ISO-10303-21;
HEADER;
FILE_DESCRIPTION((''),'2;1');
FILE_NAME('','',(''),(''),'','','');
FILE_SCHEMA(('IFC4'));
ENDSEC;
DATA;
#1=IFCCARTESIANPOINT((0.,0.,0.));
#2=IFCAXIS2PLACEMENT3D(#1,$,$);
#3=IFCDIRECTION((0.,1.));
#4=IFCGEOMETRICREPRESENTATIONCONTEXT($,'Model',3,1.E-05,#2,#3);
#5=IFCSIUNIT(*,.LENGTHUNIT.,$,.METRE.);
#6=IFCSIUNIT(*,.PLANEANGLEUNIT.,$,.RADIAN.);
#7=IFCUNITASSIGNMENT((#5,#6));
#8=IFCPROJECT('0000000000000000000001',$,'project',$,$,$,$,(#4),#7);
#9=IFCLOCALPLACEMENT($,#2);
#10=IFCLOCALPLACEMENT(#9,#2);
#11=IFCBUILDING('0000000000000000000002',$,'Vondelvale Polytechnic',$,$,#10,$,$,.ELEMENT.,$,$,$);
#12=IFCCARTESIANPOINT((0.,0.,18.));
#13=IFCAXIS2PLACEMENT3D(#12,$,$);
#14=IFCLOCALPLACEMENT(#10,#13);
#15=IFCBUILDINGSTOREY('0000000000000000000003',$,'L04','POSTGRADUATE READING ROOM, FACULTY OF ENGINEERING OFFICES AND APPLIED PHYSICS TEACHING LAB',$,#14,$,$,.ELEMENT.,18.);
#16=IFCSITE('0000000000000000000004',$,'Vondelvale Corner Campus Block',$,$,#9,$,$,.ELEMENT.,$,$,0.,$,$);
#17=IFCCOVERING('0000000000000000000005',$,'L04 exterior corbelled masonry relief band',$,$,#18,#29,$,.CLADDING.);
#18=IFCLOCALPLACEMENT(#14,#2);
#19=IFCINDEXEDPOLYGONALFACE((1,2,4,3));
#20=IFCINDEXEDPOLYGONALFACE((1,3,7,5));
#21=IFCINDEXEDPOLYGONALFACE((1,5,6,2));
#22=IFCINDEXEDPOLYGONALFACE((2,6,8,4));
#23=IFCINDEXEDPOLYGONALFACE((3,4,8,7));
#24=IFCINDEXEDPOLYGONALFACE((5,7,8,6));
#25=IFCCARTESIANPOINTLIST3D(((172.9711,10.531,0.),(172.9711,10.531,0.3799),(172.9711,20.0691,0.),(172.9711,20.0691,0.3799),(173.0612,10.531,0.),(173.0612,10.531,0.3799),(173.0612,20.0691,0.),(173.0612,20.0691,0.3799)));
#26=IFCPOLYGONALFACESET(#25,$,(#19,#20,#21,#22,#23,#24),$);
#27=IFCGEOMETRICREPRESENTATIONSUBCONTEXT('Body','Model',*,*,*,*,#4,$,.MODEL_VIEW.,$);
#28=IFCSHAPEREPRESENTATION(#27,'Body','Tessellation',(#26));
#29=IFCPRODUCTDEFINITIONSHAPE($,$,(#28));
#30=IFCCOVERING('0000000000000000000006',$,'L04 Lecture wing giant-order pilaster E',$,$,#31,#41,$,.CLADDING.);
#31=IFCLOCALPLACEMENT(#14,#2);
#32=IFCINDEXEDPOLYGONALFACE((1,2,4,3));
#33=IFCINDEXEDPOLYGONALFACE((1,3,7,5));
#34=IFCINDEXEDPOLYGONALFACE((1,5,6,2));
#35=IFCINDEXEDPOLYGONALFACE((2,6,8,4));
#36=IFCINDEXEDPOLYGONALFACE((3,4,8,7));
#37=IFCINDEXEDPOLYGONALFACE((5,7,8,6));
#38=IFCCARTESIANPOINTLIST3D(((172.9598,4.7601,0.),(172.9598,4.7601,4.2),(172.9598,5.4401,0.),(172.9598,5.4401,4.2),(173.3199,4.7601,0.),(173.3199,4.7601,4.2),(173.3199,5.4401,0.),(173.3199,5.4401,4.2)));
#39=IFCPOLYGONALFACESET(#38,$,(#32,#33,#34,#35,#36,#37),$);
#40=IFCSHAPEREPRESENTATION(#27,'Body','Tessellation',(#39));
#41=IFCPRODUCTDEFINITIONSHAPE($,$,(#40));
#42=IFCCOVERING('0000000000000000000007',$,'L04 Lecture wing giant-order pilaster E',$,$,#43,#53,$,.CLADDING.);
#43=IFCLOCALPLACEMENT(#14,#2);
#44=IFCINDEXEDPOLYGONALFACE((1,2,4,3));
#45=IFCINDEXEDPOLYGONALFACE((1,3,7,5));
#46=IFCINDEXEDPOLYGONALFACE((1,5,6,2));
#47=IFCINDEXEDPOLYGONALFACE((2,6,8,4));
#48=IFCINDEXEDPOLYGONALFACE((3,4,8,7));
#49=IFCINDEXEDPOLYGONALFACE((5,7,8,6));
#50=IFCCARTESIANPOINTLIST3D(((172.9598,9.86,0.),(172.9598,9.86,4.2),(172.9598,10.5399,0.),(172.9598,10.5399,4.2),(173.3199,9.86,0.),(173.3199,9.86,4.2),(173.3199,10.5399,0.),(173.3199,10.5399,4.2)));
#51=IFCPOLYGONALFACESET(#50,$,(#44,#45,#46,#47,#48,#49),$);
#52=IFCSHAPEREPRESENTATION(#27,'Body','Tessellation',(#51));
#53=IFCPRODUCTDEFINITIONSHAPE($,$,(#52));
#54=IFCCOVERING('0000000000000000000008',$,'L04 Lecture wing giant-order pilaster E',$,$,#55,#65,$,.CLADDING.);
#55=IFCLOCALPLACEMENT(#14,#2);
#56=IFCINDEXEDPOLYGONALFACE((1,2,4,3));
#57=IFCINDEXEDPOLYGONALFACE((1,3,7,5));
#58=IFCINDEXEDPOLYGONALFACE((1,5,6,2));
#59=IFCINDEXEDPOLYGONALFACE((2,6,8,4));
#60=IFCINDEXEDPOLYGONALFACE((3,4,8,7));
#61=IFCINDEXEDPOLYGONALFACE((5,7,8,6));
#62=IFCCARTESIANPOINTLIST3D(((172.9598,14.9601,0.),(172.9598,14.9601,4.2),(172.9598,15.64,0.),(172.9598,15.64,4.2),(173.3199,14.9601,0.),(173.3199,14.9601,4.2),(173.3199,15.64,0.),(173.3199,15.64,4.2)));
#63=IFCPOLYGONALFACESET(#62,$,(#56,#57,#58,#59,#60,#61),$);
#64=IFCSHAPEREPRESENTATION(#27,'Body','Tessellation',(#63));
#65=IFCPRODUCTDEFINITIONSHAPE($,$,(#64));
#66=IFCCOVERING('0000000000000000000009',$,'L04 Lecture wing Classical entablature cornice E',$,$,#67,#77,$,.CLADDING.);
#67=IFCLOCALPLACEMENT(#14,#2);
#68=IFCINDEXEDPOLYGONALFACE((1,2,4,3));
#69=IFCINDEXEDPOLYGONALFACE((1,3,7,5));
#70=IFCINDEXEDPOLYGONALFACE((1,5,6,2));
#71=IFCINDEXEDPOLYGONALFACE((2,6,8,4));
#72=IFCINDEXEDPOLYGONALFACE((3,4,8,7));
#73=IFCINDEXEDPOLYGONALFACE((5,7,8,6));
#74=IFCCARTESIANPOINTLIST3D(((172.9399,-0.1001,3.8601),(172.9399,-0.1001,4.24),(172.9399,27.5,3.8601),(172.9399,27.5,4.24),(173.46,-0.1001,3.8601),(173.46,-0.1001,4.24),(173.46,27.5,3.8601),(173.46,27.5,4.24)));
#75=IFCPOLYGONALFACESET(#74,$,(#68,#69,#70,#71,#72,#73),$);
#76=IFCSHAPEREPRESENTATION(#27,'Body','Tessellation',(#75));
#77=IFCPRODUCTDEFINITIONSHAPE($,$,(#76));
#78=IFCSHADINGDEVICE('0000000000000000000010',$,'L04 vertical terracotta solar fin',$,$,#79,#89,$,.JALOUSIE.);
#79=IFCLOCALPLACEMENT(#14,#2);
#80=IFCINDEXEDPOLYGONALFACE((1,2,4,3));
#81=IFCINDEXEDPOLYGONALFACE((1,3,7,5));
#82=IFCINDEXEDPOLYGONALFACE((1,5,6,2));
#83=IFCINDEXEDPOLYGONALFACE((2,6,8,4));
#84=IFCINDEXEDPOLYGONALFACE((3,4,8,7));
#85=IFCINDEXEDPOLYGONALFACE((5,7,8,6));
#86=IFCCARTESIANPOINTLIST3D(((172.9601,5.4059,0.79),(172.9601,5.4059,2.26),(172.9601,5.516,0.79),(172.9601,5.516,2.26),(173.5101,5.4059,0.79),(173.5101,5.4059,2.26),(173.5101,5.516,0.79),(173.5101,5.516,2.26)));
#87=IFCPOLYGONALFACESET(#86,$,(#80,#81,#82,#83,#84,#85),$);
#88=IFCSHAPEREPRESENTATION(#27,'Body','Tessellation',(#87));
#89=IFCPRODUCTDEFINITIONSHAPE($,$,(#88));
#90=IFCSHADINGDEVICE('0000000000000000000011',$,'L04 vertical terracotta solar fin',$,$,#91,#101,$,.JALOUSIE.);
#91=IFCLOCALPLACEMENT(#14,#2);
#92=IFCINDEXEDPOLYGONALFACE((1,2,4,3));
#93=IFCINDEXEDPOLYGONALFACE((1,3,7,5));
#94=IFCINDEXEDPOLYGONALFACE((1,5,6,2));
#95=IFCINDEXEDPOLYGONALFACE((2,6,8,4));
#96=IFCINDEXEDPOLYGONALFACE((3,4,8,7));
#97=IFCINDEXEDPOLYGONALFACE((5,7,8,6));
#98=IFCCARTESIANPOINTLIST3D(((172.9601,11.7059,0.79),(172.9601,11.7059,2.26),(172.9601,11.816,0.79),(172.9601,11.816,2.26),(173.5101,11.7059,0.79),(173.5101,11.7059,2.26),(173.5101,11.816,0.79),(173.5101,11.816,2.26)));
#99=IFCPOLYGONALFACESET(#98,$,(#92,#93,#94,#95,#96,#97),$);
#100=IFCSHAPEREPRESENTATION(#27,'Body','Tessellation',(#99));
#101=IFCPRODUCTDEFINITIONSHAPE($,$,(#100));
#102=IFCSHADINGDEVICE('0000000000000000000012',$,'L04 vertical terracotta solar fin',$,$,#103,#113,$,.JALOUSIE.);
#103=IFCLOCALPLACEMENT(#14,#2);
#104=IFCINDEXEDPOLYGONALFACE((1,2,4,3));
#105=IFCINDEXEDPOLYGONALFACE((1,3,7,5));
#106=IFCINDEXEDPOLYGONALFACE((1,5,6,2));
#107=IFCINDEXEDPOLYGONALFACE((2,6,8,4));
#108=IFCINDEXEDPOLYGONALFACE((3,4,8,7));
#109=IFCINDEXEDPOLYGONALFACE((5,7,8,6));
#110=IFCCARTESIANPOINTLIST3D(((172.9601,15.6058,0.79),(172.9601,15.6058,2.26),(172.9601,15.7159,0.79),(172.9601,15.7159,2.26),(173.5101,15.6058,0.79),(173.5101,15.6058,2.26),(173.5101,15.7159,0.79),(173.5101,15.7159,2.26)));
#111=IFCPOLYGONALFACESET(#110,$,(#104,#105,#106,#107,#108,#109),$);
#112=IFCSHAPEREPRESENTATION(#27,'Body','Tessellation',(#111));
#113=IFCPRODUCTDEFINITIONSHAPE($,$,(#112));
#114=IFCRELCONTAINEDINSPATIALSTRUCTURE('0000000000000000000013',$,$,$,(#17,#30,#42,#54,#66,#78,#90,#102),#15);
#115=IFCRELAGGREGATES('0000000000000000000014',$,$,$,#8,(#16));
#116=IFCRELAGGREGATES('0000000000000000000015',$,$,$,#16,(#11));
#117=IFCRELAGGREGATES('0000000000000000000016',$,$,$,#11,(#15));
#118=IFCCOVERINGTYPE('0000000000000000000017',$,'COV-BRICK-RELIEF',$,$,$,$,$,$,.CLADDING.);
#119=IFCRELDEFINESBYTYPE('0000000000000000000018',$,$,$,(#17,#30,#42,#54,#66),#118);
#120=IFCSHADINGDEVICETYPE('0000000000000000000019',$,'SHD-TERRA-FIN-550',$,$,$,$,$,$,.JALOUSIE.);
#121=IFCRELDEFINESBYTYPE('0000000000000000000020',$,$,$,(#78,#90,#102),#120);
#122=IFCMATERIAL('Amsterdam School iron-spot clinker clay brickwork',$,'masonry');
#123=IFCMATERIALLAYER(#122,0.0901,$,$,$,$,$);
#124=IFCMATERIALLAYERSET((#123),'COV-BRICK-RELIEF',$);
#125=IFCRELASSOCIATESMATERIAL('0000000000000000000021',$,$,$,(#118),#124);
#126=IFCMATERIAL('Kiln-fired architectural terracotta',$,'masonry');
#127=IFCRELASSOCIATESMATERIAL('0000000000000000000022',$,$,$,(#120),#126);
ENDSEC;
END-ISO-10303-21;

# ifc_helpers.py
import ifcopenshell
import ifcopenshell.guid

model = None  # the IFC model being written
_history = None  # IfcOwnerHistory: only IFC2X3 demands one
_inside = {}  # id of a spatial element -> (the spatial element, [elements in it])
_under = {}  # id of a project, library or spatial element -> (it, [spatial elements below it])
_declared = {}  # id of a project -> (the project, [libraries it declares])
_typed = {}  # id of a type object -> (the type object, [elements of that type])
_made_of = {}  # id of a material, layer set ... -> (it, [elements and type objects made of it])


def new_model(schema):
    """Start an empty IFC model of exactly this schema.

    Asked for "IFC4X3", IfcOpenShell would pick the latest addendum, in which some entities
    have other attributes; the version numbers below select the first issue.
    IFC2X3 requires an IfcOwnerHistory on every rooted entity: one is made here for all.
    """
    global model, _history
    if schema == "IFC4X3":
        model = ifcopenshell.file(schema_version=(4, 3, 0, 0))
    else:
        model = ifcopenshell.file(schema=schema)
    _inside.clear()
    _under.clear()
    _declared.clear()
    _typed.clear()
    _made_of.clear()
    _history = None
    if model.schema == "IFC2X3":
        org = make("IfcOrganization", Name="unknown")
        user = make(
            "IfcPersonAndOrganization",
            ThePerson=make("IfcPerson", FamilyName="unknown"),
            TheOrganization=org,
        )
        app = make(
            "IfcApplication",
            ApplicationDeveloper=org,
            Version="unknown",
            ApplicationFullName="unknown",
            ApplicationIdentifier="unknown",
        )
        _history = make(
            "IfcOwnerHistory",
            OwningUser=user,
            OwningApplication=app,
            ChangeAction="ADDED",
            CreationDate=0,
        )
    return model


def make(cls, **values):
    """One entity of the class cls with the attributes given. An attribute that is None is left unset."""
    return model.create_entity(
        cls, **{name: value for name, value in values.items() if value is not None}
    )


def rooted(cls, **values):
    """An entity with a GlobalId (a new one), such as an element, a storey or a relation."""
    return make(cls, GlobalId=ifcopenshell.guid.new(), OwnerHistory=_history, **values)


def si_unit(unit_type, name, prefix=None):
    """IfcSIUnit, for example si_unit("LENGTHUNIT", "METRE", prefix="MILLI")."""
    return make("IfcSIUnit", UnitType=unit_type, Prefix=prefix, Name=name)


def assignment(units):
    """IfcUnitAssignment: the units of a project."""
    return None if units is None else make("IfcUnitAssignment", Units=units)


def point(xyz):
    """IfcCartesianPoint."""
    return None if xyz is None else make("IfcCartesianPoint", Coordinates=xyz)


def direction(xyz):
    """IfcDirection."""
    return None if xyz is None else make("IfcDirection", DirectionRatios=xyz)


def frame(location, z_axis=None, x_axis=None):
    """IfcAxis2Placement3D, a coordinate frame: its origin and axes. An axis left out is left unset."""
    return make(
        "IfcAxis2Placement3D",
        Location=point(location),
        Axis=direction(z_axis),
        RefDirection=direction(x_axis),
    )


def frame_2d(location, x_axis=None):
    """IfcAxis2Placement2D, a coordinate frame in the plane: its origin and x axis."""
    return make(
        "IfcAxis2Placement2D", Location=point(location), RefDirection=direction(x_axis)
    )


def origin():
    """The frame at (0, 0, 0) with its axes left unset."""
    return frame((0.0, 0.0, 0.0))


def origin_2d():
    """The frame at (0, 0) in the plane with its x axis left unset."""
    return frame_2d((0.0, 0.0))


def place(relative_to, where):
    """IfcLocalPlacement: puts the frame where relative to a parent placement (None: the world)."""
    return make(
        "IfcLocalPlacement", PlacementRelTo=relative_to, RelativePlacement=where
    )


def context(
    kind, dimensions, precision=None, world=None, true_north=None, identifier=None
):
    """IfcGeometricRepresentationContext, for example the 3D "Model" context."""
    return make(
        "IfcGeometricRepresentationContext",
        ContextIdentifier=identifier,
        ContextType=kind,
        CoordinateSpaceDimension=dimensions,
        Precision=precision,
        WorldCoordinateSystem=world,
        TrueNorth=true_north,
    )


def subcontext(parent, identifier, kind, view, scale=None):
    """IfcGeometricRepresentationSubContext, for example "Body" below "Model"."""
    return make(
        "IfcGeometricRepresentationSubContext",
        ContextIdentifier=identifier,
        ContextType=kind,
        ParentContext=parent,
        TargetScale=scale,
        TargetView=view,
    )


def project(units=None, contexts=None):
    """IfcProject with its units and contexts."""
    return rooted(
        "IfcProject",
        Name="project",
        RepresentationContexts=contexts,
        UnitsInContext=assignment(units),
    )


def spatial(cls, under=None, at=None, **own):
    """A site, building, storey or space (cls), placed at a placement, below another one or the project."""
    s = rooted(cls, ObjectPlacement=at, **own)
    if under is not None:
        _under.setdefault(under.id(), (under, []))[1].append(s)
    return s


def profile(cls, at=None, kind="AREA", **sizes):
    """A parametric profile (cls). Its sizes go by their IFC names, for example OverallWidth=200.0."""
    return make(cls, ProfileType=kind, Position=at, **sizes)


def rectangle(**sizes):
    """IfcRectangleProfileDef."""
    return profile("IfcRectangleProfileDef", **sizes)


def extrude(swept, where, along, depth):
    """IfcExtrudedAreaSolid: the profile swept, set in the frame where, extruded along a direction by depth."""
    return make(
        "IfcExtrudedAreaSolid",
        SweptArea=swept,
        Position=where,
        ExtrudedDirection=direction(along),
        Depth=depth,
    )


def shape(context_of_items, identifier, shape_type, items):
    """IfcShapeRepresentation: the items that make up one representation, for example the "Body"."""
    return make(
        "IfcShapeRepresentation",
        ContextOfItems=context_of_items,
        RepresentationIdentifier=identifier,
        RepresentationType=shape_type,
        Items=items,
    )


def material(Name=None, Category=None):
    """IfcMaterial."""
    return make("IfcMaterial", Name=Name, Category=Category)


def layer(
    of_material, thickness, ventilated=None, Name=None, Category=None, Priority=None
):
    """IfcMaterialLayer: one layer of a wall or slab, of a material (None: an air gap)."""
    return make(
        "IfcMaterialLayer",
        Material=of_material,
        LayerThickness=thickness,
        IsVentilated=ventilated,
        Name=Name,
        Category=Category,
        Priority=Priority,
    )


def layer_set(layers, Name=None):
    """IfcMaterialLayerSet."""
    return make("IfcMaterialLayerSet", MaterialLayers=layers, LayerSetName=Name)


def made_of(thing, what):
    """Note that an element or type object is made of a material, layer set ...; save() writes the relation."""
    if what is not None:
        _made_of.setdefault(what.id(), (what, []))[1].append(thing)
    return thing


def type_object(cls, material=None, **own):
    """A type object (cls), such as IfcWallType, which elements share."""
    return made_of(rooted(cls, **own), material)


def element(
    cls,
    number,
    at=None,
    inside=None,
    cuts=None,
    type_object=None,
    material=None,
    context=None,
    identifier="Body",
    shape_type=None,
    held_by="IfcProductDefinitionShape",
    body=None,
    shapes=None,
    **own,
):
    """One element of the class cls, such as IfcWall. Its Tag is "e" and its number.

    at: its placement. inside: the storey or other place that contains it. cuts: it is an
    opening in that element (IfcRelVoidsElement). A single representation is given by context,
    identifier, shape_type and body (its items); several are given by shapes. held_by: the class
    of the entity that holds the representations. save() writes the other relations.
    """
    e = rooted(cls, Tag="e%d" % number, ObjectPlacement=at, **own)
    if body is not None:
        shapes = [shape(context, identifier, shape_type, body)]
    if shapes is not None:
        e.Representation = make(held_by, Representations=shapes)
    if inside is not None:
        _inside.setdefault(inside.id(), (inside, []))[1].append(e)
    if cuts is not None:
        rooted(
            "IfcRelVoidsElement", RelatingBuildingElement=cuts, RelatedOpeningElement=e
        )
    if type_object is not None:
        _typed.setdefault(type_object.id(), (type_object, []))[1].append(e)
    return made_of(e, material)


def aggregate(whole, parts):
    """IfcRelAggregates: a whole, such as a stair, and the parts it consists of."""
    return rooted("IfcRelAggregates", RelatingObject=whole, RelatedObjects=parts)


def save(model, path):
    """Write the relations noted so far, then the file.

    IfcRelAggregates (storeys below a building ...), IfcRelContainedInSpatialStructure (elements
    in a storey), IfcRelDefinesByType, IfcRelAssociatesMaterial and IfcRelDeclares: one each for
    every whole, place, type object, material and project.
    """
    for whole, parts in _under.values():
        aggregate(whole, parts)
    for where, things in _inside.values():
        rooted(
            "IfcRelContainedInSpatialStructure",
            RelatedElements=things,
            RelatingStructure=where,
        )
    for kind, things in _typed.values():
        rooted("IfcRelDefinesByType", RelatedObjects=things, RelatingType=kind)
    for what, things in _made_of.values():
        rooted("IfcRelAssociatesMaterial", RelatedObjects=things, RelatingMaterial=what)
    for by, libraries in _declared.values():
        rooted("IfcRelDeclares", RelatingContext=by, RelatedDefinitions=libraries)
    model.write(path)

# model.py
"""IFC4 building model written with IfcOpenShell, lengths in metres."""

from ifc_helpers import new_model, si_unit, direction, frame, origin, origin_2d, place, context, subcontext, project, spatial, rectangle, extrude, material, layer, layer_set, type_object, element, save


model = new_model("IFC4")

# Units and contexts
model_context = context("Model", 3, precision=1e-05, world=origin(), true_north=direction((0.0, 1.0)))
body_context = subcontext(model_context, "Body", "Model", "MODEL_VIEW")
ifc_project = project(units=[si_unit("LENGTHUNIT", "METRE"), si_unit("PLANEANGLEUNIT", "RADIAN")], contexts=[model_context])

# Site, building, storey
site_placement = place(None, origin())
site = spatial("IfcSite", under=ifc_project, at=site_placement, Name="Vondelvale Corner Campus Block", CompositionType="ELEMENT", RefElevation=0.0)
building_placement = place(site_placement, origin())
building = spatial("IfcBuilding", under=site, at=building_placement, Name="Vondelvale Polytechnic", CompositionType="ELEMENT")
storey_placement = place(building_placement, frame((0.0, 0.0, 18.0)))
storey = spatial("IfcBuildingStorey", under=building, at=storey_placement, Name="L04", Description="POSTGRADUATE READING ROOM, FACULTY OF ENGINEERING OFFICES AND APPLIED PHYSICS TEACHING LAB", CompositionType="ELEMENT", Elevation=18.0)

# Shared definitions
ifc_material_1 = material(Name="Amsterdam School iron-spot clinker clay brickwork", Category="masonry")

# Coverings
ifc_layer_1 = layer(ifc_material_1, 0.0901)
ifc_layer_set_1 = layer_set([ifc_layer_1], Name="COV-BRICK-RELIEF")
covering_type = type_object("IfcCoveringType", Name="COV-BRICK-RELIEF", PredefinedType="CLADDING", material=ifc_layer_set_1)
covering_1_placement = place(storey_placement, frame((173.0161, 15.3, 0.0), z_axis=(0.0, 0.0, 1.0), x_axis=(0.0, -1.0, 0.0)))
element("IfcCovering", 1, at=covering_1_placement, inside=storey, type_object=covering_type, Name="L04 exterior corbelled masonry relief band", PredefinedType="CLADDING", context=body_context, shape_type="SweptSolid", body=[
    extrude(rectangle(XDim=9.5381, YDim=0.0901, at=origin_2d()), origin(), (0.0, 0.0, 1.0), 0.3799),
])
for number, where, z_axis, x_axis, name in (
    (2, (173.1399, 5.1001, 0.0), (0.0, 0.0, 1.0), (1.0, 0.0, 0.0), "L04 Lecture wing giant-order pilaster E"),
    (3, (173.1399, 10.2, 0.0), (0.0, 0.0, 1.0), (1.0, 0.0, 0.0), "L04 Lecture wing giant-order pilaster E"),
    (4, (173.1399, 15.3, 0.0), (0.0, 0.0, 1.0), (1.0, 0.0, 0.0), "L04 Lecture wing giant-order pilaster E"),
):
    element("IfcCovering", number, at=place(storey_placement, frame(where, z_axis=z_axis, x_axis=x_axis)), inside=storey, type_object=covering_type, Name=name, PredefinedType="CLADDING", context=body_context, shape_type="SweptSolid", body=[
        extrude(rectangle(XDim=0.3601, YDim=0.6799, at=origin_2d()), origin(), (0.0, 0.0, 1.0), 4.2),
    ])
covering_2_placement = place(storey_placement, frame((173.2, 13.7, 3.8601), z_axis=(0.0, 0.0, 1.0), x_axis=(1.0, 0.0, 0.0)))
element("IfcCovering", 5, at=covering_2_placement, inside=storey, type_object=covering_type, Name="L04 Lecture wing Classical entablature cornice E", PredefinedType="CLADDING", context=body_context, shape_type="SweptSolid", body=[
    extrude(rectangle(XDim=0.52, YDim=27.6001, at=origin_2d()), origin(), (0.0, 0.0, 1.0), 0.3799),
])

# Shading devices
ifc_material_2 = material(Name="Kiln-fired architectural terracotta", Category="masonry")
shading_device_type = type_object("IfcShadingDeviceType", Name="SHD-TERRA-FIN-550", PredefinedType="JALOUSIE", material=ifc_material_2)
for number, where, z_axis, x_axis, name in (
    (6, (173.2351, 5.4609, 0.79), (0.0, 0.0, 1.0), (0.0, -1.0, 0.0), "L04 vertical terracotta solar fin"),
    (7, (173.2351, 11.761, 0.79), (0.0, 0.0, 1.0), (0.0, -1.0, 0.0), "L04 vertical terracotta solar fin"),
    (8, (173.2351, 15.6609, 0.79), (0.0, 0.0, 1.0), (0.0, -1.0, 0.0), "L04 vertical terracotta solar fin"),
):
    element("IfcShadingDevice", number, at=place(storey_placement, frame(where, z_axis=z_axis, x_axis=x_axis)), inside=storey, type_object=shading_device_type, Name=name, PredefinedType="JALOUSIE", context=body_context, shape_type="SweptSolid", body=[
        extrude(rectangle(XDim=0.1101, YDim=0.55, at=origin_2d()), origin(), (0.0, 0.0, 1.0), 1.47),
    ])

save(model, "model.ifc")
